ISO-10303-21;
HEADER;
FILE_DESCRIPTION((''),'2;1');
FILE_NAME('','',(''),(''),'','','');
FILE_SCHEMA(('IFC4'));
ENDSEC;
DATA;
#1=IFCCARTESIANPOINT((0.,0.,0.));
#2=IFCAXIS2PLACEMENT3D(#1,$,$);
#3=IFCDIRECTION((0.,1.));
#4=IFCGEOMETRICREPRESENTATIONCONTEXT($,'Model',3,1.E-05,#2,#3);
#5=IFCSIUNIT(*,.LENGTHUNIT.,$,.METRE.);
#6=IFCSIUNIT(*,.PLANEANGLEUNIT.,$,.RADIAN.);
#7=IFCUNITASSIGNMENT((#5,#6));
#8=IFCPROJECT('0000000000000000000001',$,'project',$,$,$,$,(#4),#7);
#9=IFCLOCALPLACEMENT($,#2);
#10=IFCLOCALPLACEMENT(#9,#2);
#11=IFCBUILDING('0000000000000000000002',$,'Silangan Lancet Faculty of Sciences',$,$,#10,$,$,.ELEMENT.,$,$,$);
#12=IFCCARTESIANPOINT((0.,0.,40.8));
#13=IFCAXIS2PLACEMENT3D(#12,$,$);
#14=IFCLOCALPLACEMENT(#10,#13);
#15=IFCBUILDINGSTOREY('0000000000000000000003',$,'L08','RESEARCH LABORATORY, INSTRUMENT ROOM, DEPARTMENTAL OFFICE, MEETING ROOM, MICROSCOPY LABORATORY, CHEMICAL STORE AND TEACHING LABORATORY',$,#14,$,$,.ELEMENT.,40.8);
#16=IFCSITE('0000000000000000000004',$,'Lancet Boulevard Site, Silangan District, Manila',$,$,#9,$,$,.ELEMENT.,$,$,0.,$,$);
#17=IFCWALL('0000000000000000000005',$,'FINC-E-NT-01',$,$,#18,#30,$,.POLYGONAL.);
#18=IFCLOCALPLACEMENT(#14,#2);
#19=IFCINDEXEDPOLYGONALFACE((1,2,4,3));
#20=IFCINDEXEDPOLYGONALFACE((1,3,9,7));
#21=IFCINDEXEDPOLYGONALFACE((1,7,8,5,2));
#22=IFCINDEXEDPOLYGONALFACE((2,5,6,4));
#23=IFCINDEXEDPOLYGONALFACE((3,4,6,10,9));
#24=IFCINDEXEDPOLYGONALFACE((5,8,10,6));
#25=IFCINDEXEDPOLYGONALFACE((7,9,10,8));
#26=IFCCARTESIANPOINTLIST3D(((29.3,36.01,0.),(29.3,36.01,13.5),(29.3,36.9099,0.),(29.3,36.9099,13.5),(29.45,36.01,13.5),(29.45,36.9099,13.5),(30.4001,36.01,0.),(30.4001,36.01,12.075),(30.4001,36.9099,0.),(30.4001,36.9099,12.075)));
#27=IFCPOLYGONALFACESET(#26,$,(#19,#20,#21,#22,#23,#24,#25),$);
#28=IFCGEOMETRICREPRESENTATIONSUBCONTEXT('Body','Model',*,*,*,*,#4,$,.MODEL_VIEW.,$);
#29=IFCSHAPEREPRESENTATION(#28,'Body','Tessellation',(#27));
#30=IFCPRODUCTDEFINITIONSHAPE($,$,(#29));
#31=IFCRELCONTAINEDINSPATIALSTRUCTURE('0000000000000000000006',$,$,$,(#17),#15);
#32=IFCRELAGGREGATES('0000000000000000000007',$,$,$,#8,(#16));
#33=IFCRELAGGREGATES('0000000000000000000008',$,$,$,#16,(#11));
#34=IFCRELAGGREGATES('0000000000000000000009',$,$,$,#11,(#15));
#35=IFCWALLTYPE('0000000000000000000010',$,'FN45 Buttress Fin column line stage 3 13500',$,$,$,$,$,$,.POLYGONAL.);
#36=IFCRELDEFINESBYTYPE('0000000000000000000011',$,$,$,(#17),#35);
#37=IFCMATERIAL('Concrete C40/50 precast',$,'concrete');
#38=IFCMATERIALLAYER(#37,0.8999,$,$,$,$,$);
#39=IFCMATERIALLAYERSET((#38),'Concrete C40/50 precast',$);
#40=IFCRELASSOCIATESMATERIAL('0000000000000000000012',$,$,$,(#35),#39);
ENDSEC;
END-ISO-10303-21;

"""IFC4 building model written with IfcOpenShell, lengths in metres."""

from ifc_helpers import new_model, si_unit, direction, frame, origin, place, context, subcontext, project, spatial, polyline, outline, extrude, material, layer, layer_set, type_object, element, save


model = new_model("IFC4")

# Units and contexts
model_context = context("Model", 3, precision=1e-05, world=origin(), true_north=direction((0.0, 1.0)))
body_context = subcontext(model_context, "Body", "Model", "MODEL_VIEW")
ifc_project = project(units=[si_unit("LENGTHUNIT", "METRE"), si_unit("PLANEANGLEUNIT", "RADIAN")], contexts=[model_context])

# Site, building, storey
site_placement = place(None, origin())
site = spatial("IfcSite", under=ifc_project, at=site_placement, Name="Lancet Boulevard Site, Silangan District, Manila", CompositionType="ELEMENT", RefElevation=0.0)
building_placement = place(site_placement, origin())
building = spatial("IfcBuilding", under=site, at=building_placement, Name="Silangan Lancet Faculty of Sciences", CompositionType="ELEMENT")
storey_placement = place(building_placement, frame((0.0, 0.0, 40.8)))
storey = spatial("IfcBuildingStorey", under=building, at=storey_placement, Name="L08", Description="RESEARCH LABORATORY, INSTRUMENT ROOM, DEPARTMENTAL OFFICE, MEETING ROOM, MICROSCOPY LABORATORY, CHEMICAL STORE AND TEACHING LABORATORY", CompositionType="ELEMENT", Elevation=40.8)

# Wall
ifc_material_1 = material(Name="Concrete C40/50 precast", Category="concrete")
ifc_layer_1 = layer(ifc_material_1, 0.8999)
ifc_layer_set_1 = layer_set([ifc_layer_1], Name="Concrete C40/50 precast")
wall_type_1 = type_object("IfcWallType", Name="FN45 Buttress Fin column line stage 3 13500", PredefinedType="POLYGONAL", material=ifc_layer_set_1)
wall_1_placement = place(storey_placement, frame((29.3, 36.46, 0.0), z_axis=(0.0, 0.0, 1.0), x_axis=(1.0, 0.0, 0.0)))
element("IfcWall", 1, at=wall_1_placement, inside=storey, type_object=wall_type_1, Name="FINC-E-NT-01", PredefinedType="POLYGONAL", context=body_context, shape_type="SweptSolid", body=[
    extrude(outline(polyline([(1.1001, 0.0), (1.1001, 12.075), (0.1499, 13.5), (0.0, 13.5), (0.0, 0.0), (1.1001, 0.0)])), frame((0.0, 0.45, 0.0), z_axis=(0.0, -1.0, 0.0), x_axis=(1.0, 0.0, 0.0)), (0.0, 0.0, 1.0), 0.8999),
])

save(model, "model.ifc")
